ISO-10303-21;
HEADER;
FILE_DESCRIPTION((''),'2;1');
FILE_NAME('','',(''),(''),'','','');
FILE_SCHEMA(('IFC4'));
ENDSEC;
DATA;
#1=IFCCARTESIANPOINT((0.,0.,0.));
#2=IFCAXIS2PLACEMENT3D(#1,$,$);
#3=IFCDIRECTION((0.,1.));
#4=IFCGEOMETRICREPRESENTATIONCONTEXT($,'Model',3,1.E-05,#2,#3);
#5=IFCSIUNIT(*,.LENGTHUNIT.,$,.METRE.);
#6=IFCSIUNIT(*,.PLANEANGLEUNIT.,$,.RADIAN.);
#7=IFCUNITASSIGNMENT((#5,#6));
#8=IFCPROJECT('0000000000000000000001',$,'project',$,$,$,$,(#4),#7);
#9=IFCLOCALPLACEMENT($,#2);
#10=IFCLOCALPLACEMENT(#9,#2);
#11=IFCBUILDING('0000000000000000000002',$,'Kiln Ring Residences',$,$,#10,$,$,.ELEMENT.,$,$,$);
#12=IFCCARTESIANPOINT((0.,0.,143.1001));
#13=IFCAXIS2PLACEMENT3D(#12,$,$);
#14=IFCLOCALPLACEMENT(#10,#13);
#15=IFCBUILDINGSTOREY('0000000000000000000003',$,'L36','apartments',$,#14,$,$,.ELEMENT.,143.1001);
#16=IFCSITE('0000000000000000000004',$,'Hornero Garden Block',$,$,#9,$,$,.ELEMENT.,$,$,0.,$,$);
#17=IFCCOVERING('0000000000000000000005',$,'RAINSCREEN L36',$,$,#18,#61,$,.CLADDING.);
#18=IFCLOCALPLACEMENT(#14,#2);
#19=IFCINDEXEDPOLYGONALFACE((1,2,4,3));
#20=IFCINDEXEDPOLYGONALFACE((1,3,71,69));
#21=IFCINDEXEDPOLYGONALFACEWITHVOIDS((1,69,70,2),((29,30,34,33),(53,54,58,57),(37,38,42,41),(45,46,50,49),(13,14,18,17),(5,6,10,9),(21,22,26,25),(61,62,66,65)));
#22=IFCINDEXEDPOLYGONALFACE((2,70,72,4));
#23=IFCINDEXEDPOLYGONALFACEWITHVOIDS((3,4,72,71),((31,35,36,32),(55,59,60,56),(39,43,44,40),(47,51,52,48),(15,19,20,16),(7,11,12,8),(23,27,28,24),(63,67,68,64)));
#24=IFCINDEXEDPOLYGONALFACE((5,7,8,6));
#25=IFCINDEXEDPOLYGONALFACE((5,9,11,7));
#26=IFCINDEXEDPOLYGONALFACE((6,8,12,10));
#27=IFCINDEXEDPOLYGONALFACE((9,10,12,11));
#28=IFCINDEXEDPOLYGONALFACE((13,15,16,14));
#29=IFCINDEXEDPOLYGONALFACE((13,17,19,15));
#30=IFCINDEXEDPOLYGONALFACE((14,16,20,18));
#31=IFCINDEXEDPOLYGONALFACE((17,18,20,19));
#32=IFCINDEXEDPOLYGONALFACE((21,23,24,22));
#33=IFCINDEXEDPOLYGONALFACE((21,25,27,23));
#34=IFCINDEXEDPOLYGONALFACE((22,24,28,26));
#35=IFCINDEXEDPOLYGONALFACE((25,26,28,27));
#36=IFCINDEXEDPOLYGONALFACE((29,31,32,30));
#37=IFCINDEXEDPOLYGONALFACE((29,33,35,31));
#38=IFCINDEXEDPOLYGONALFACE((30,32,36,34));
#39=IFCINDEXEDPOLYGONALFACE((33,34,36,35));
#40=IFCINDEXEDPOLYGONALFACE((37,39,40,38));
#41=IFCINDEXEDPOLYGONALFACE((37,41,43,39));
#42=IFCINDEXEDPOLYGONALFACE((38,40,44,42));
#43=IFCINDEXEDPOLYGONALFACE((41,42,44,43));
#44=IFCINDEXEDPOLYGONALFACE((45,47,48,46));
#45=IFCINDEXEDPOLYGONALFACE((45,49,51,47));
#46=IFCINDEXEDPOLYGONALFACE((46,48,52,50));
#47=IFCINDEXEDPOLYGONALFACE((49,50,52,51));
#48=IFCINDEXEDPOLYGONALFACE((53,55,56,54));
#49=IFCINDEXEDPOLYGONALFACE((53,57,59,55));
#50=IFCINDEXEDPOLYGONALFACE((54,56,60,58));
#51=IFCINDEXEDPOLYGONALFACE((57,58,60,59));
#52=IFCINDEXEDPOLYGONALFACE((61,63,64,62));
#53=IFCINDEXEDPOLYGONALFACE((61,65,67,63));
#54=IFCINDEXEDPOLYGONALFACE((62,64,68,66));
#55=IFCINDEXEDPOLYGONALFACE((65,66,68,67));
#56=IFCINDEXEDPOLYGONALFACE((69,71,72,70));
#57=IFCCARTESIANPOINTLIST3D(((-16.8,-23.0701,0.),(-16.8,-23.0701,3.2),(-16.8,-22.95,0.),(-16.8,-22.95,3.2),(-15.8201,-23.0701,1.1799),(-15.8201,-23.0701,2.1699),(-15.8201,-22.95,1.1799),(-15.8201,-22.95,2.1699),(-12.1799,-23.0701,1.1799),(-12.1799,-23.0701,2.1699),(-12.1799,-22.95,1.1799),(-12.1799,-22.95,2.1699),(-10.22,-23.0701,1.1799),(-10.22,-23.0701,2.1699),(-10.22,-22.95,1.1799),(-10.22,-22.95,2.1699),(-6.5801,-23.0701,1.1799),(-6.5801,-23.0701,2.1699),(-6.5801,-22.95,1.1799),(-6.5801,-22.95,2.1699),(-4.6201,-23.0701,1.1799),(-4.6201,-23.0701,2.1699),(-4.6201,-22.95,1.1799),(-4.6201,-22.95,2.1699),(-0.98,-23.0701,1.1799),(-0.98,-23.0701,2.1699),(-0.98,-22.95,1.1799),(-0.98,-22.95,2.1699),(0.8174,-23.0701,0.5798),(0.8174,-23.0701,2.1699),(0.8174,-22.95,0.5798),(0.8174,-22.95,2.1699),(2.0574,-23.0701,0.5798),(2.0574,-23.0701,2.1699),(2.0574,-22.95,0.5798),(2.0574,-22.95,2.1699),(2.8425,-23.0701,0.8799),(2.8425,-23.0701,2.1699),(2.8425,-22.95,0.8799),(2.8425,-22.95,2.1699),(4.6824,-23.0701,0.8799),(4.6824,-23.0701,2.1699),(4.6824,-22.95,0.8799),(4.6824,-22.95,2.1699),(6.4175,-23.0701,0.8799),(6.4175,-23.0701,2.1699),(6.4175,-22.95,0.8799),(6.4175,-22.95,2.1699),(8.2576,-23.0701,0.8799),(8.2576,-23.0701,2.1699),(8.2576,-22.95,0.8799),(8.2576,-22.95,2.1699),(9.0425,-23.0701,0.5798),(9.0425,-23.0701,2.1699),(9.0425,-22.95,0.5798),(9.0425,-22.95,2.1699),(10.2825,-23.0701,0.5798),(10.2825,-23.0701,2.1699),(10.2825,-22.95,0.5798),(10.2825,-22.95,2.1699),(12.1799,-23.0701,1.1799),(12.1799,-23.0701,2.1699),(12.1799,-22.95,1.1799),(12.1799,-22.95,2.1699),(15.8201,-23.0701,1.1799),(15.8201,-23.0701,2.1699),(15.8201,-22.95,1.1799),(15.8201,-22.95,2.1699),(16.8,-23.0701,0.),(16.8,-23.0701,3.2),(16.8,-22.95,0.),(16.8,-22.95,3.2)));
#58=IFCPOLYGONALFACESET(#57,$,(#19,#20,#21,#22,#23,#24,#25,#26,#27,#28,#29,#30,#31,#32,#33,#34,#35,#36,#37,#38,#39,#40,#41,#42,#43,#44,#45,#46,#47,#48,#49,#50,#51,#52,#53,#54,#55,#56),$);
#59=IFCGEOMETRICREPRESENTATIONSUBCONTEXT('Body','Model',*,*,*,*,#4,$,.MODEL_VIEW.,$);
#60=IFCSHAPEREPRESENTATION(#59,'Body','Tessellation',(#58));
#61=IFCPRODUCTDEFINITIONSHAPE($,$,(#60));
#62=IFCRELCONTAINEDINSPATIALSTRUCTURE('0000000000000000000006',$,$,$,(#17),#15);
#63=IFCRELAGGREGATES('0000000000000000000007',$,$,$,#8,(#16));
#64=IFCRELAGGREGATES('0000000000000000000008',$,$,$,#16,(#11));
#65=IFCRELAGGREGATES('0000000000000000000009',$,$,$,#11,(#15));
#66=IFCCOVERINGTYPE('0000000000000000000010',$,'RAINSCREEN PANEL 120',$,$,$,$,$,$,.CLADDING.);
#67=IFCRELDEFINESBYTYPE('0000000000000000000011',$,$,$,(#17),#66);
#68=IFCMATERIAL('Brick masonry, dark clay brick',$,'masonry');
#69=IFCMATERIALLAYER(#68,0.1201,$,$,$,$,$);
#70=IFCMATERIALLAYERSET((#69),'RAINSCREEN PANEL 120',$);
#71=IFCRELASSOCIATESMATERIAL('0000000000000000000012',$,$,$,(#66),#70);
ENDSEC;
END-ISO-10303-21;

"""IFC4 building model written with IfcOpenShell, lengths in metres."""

from ifc_helpers import new_model, si_unit, direction, frame, origin, place, context, subcontext, project, spatial, polyline, outline, extrude, material, layer, layer_set, type_object, element, save


model = new_model("IFC4")

# Units and contexts
model_context = context("Model", 3, precision=1e-05, world=origin(), true_north=direction((0.0, 1.0)))
body_context = subcontext(model_context, "Body", "Model", "MODEL_VIEW")
ifc_project = project(units=[si_unit("LENGTHUNIT", "METRE"), si_unit("PLANEANGLEUNIT", "RADIAN")], contexts=[model_context])

# Site, building, storey
site_placement = place(None, origin())
site = spatial("IfcSite", under=ifc_project, at=site_placement, Name="Hornero Garden Block", CompositionType="ELEMENT", RefElevation=0.0)
building_placement = place(site_placement, origin())
building = spatial("IfcBuilding", under=site, at=building_placement, Name="Kiln Ring Residences", CompositionType="ELEMENT")
storey_placement = place(building_placement, frame((0.0, 0.0, 143.1001)))
storey = spatial("IfcBuildingStorey", under=building, at=storey_placement, Name="L36", Description="apartments", CompositionType="ELEMENT", Elevation=143.1001)

# Covering
ifc_material_1 = material(Name="Brick masonry, dark clay brick", Category="masonry")
ifc_layer_1 = layer(ifc_material_1, 0.1201)
ifc_layer_set_1 = layer_set([ifc_layer_1], Name="RAINSCREEN PANEL 120")
covering_type = type_object("IfcCoveringType", Name="RAINSCREEN PANEL 120", PredefinedType="CLADDING", material=ifc_layer_set_1)
covering_placement = place(storey_placement, frame((-16.8, -23.01, 0.0), z_axis=(0.0, 0.0, 1.0), x_axis=(1.0, 0.0, 0.0)))
element("IfcCovering", 1, at=covering_placement, inside=storey, type_object=covering_type, Name="RAINSCREEN L36", PredefinedType="CLADDING", context=body_context, shape_type="SweptSolid", body=[
    extrude(outline(polyline([(0.0, 0.0), (33.6001, 0.0), (33.6001, 3.2), (0.0, 3.2), (0.0, 0.0)]), holes=[polyline([(17.6174, 0.5798), (18.8574, 0.5798), (18.8574, 2.1699), (17.6174, 2.1699), (17.6174, 0.5798)]), polyline([(25.8425, 0.5798), (27.0825, 0.5798), (27.0825, 2.1699), (25.8425, 2.1699), (25.8425, 0.5798)]), polyline([(19.6426, 0.8799), (21.4824, 0.8799), (21.4824, 2.1699), (19.6426, 2.1699), (19.6426, 0.8799)]), polyline([(23.2175, 0.8799), (25.0576, 0.8799), (25.0576, 2.1699), (23.2175, 2.1699), (23.2175, 0.8799)]), polyline([(0.98, 1.1799), (4.6201, 1.1799), (4.6201, 2.1699), (0.98, 2.1699), (0.98, 1.1799)]), polyline([(6.5801, 1.1799), (10.22, 1.1799), (10.22, 2.1699), (6.5801, 2.1699), (6.5801, 1.1799)]), polyline([(12.1799, 1.1799), (15.8201, 1.1799), (15.8201, 2.1699), (12.1799, 2.1699), (12.1799, 1.1799)]), polyline([(28.98, 1.1799), (32.6201, 1.1799), (32.6201, 2.1699), (28.98, 2.1699), (28.98, 1.1799)])]), frame((0.0, 0.0601, 0.0), z_axis=(0.0, -1.0, 0.0), x_axis=(1.0, 0.0, 0.0)), (0.0, 0.0, 1.0), 0.1201),
])

save(model, "model.ifc")
